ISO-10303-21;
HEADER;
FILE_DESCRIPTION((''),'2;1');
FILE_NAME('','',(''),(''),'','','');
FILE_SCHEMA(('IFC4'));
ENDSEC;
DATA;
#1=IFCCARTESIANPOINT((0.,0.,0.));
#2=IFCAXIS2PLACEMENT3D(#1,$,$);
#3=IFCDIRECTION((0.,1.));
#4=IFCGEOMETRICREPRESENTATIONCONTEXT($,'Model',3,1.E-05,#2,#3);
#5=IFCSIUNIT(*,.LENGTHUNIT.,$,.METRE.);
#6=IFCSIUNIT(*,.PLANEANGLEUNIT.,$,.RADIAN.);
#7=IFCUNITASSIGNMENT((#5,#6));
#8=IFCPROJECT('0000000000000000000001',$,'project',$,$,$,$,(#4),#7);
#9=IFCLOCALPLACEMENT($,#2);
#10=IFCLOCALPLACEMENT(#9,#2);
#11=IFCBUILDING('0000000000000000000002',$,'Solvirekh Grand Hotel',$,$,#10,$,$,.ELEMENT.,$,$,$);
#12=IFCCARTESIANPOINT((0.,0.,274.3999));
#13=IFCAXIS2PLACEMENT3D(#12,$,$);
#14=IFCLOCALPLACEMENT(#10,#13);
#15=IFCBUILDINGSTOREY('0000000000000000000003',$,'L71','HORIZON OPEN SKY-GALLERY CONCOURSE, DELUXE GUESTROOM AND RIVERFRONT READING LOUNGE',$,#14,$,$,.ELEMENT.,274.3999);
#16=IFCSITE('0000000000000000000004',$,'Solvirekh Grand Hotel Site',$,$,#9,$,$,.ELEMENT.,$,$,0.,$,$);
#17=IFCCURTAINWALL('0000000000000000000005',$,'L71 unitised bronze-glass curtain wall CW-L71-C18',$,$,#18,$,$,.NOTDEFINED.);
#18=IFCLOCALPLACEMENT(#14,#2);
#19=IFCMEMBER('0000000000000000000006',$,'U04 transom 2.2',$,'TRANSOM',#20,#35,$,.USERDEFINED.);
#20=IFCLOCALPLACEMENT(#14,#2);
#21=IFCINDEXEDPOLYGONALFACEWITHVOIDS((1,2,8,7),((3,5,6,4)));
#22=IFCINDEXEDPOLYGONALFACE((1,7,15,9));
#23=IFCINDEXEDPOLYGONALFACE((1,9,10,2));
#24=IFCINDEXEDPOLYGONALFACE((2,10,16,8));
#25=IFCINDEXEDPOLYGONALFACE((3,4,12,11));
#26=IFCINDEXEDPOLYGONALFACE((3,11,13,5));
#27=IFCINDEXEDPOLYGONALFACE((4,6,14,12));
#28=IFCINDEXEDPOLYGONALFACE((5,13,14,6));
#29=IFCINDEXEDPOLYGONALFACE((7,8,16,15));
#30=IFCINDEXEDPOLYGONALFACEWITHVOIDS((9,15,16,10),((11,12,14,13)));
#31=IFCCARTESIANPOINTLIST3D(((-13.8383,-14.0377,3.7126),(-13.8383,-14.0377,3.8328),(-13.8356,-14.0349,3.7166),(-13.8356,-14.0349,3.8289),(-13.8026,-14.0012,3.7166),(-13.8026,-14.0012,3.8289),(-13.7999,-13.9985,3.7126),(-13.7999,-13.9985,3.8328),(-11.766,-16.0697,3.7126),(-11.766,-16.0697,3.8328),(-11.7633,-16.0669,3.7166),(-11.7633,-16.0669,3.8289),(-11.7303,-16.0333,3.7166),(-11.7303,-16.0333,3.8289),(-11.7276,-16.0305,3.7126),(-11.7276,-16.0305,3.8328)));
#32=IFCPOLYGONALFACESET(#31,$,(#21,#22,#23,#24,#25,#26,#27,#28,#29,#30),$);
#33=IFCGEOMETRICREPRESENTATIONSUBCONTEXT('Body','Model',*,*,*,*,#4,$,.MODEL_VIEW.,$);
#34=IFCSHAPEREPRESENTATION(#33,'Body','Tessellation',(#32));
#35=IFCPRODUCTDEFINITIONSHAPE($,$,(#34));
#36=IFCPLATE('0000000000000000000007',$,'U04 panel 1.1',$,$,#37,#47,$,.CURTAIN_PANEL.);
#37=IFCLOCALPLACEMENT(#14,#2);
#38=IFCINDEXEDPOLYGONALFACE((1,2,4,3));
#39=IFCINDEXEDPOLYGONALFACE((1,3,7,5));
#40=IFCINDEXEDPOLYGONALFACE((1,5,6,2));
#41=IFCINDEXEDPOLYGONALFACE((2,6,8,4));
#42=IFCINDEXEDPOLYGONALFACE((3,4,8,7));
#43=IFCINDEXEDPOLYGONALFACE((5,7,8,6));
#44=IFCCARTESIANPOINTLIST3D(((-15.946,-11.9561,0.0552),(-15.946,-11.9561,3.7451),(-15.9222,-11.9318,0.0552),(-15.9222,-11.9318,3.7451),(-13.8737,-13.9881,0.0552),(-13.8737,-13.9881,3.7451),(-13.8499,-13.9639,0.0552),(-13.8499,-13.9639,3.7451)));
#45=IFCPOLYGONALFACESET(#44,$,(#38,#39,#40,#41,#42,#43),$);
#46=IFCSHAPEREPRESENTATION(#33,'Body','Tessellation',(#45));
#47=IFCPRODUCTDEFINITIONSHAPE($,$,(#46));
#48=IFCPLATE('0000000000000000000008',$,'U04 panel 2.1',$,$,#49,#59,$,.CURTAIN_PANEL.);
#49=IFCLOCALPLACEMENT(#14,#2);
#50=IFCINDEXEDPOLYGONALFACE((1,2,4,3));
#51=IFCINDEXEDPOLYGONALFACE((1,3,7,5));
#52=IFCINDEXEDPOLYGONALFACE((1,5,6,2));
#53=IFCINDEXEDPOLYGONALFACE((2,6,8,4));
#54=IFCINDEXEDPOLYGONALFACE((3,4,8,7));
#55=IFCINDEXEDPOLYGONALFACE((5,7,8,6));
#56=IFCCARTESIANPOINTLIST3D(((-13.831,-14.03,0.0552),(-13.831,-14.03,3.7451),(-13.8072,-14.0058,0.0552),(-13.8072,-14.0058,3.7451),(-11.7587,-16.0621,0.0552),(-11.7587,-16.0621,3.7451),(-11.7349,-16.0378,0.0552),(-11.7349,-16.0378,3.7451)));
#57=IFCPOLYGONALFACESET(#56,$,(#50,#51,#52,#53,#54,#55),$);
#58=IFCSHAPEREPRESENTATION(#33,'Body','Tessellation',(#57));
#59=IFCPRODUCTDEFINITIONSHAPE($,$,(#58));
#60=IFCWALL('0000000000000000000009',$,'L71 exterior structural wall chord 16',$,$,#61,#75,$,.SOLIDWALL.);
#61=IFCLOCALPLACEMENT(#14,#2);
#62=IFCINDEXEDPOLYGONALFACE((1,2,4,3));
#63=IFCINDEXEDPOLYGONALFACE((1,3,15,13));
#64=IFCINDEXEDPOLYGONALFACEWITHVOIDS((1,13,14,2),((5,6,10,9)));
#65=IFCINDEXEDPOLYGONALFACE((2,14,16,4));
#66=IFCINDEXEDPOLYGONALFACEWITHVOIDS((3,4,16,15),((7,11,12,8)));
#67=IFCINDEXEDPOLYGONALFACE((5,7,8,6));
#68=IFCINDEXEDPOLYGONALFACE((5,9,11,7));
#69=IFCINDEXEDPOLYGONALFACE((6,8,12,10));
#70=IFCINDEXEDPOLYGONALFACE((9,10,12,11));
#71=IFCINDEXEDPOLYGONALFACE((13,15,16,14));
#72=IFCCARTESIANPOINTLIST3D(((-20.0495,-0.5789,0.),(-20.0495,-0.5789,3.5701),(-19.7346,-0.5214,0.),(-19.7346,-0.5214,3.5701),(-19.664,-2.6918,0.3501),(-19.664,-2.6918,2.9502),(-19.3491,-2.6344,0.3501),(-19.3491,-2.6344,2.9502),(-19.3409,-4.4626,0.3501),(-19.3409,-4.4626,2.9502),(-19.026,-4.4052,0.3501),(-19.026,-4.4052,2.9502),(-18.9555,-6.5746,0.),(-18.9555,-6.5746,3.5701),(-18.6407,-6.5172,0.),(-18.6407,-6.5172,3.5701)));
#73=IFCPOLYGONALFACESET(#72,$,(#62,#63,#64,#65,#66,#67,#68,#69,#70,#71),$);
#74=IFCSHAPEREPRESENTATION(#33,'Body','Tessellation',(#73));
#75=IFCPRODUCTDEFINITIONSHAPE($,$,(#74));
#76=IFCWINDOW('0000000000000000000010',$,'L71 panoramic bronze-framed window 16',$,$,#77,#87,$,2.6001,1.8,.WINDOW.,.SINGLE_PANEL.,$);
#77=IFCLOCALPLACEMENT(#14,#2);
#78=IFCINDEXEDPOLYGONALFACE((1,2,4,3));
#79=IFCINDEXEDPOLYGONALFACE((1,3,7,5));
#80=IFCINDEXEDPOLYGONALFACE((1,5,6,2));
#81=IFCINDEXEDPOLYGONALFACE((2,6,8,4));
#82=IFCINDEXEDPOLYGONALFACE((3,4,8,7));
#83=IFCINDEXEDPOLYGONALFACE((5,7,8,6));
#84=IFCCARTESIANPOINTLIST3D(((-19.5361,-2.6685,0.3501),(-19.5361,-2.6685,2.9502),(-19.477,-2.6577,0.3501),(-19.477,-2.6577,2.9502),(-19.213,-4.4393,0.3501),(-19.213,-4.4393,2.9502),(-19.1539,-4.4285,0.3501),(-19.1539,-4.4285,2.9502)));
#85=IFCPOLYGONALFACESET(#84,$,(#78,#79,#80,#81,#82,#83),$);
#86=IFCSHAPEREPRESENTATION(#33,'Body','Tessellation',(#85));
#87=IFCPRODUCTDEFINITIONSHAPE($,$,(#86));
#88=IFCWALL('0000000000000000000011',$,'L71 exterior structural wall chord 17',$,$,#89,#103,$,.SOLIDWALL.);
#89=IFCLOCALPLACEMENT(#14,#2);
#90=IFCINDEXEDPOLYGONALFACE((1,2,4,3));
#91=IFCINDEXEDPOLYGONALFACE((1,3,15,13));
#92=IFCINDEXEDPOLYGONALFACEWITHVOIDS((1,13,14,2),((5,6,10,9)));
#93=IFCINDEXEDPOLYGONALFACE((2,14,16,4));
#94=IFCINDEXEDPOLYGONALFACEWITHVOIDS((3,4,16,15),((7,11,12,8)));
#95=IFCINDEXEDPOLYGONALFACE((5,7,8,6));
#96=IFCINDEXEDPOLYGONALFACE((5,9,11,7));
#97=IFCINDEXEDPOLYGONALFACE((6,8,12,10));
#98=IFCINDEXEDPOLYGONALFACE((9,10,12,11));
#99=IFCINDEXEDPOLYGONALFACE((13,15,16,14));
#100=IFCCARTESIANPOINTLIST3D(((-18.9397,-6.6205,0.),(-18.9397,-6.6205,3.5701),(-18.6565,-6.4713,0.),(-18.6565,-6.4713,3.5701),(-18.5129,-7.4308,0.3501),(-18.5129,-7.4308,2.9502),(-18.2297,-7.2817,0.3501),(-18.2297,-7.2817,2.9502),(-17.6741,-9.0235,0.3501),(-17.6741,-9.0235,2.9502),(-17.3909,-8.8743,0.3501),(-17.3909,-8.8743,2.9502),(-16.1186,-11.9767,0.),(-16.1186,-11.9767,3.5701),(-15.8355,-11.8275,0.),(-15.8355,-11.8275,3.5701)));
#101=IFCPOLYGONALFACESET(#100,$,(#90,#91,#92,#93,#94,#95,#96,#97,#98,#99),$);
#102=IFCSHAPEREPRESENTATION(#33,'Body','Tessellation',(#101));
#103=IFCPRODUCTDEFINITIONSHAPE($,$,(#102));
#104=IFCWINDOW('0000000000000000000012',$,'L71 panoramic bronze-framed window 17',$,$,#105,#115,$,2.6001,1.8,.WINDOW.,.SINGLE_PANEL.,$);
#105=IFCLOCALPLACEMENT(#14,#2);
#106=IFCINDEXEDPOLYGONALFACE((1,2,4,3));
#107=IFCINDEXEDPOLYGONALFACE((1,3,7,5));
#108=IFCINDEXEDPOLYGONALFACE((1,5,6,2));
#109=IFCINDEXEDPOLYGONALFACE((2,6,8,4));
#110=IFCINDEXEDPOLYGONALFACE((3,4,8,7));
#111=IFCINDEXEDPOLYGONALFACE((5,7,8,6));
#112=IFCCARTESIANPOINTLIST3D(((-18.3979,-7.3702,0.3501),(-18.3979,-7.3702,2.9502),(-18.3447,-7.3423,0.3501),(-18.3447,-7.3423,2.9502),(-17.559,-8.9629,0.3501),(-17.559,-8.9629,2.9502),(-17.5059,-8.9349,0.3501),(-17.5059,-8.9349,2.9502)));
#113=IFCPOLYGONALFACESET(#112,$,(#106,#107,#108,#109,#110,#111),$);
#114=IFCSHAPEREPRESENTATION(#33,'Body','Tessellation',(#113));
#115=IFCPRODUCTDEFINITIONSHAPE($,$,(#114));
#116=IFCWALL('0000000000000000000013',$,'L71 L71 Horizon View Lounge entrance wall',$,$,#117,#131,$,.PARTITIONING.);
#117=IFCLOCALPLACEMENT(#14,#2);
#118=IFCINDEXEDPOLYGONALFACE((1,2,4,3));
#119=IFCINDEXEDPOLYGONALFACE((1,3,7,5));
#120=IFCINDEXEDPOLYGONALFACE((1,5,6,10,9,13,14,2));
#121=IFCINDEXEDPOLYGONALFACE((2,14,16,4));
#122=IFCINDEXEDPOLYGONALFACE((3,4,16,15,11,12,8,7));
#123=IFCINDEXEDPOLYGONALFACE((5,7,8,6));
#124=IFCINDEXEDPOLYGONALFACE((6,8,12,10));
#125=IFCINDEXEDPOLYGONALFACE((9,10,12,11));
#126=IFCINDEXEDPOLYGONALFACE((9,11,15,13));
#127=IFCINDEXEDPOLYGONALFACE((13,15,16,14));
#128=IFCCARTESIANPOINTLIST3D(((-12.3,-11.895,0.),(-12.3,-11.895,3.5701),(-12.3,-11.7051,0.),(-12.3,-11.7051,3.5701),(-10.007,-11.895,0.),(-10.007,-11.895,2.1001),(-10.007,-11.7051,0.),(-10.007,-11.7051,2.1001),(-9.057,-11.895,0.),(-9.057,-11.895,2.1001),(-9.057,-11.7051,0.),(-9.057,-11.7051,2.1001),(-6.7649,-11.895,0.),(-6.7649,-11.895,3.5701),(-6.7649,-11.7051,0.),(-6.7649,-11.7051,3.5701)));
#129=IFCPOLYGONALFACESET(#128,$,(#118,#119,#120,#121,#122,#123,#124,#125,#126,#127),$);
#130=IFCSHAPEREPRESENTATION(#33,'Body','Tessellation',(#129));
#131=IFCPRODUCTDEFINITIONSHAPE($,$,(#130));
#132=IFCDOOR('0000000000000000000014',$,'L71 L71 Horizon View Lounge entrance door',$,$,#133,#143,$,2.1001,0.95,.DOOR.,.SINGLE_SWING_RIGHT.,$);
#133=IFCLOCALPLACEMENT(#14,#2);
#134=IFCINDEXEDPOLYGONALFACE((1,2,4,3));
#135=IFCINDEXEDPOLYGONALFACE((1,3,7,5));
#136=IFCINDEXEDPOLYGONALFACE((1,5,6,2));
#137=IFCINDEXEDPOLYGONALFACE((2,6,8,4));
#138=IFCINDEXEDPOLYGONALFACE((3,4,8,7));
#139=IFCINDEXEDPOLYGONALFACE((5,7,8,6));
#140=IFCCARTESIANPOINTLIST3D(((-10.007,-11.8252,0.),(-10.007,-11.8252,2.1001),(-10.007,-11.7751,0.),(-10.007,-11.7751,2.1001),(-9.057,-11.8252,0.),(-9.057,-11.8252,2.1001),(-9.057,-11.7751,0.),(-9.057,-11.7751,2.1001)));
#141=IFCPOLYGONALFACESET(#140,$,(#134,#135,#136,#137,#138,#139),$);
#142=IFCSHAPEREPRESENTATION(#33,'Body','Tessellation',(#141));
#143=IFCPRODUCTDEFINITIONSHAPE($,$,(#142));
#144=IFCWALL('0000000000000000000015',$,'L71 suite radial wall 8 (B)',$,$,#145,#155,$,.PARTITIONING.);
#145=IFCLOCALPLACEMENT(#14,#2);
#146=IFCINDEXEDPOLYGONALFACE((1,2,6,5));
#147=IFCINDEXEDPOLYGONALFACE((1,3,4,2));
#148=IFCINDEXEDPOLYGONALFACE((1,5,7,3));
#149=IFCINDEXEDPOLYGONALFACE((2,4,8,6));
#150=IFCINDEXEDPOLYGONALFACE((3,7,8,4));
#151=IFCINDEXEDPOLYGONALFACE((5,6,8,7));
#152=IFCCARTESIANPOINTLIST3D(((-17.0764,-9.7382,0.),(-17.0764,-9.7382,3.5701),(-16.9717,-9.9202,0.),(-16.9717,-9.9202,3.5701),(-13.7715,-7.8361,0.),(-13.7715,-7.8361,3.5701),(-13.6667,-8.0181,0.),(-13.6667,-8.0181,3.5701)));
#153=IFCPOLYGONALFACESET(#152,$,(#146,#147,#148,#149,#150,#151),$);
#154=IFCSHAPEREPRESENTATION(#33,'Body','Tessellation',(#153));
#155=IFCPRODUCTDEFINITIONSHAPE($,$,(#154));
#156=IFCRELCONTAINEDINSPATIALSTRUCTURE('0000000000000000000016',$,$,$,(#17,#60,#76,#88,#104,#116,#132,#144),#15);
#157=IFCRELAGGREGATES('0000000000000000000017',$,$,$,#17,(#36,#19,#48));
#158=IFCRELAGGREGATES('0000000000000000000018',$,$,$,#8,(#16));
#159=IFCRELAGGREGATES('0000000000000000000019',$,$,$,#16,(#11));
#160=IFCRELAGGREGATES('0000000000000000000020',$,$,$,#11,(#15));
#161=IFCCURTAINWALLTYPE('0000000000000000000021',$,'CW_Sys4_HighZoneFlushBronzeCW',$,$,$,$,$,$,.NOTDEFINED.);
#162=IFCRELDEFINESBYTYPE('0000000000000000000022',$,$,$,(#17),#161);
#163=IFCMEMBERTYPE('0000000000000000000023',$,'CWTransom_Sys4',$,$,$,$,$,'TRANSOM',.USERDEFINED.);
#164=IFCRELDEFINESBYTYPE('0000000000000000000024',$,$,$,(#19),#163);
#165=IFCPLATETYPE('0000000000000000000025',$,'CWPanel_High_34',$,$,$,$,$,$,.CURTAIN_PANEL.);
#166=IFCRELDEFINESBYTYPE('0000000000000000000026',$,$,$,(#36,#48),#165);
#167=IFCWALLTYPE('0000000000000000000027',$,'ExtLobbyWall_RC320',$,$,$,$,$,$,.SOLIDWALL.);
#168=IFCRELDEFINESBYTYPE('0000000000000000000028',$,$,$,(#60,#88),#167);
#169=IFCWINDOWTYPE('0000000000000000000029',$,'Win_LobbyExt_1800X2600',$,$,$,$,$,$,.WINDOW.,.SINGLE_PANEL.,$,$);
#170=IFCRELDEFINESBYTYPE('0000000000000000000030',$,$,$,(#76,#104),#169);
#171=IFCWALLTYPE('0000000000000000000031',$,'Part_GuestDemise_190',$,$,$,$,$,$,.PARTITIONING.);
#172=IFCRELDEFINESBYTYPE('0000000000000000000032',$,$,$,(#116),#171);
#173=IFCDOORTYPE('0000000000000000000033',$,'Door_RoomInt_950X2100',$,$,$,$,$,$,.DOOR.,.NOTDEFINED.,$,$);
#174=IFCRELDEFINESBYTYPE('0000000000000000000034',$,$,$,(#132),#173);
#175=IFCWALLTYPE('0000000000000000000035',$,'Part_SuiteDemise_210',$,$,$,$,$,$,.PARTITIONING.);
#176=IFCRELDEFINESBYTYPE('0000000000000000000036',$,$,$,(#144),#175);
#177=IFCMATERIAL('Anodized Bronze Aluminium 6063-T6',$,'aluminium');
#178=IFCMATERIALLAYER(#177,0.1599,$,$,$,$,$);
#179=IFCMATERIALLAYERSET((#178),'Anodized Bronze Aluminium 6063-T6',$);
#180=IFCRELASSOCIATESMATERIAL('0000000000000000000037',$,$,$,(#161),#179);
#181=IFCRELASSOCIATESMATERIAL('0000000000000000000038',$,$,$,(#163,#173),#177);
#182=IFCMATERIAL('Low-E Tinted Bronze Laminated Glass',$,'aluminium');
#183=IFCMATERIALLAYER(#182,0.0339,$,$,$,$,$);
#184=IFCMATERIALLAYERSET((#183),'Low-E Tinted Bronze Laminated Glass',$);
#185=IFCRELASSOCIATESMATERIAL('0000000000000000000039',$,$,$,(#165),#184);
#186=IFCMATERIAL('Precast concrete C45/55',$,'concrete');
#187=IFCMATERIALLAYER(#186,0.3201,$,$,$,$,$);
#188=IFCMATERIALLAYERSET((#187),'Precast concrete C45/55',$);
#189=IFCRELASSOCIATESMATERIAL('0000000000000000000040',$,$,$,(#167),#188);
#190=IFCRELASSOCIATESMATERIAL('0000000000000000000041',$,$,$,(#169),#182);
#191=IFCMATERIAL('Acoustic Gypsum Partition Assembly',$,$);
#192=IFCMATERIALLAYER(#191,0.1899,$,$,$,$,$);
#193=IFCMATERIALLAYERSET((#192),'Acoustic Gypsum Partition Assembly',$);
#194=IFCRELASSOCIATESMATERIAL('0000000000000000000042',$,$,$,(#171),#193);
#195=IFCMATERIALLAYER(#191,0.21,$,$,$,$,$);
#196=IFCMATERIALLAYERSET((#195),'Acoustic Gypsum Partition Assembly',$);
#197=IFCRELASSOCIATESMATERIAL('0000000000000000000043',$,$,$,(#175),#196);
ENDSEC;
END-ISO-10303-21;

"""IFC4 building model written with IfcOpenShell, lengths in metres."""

from ifc_helpers import new_model, si_unit, direction, frame, frame_2d, origin, origin_2d, place, context, subcontext, project, spatial, rectangle, hollow_rectangle, extrude, source, transform, mapped, material, layer, layer_set, material_profile, profile_set, type_object, element, fill, aggregate, save


model = new_model("IFC4")

# Units and contexts
model_context = context("Model", 3, precision=1e-05, world=origin(), true_north=direction((0.0, 1.0)))
body_context = subcontext(model_context, "Body", "Model", "MODEL_VIEW")
ifc_project = project(units=[si_unit("LENGTHUNIT", "METRE"), si_unit("PLANEANGLEUNIT", "RADIAN")], contexts=[model_context])

# Site, building, storey
site_placement = place(None, origin())
site = spatial("IfcSite", under=ifc_project, at=site_placement, Name="Solvirekh Grand Hotel Site", CompositionType="ELEMENT", RefElevation=0.0)
building_placement = place(site_placement, origin())
building = spatial("IfcBuilding", under=site, at=building_placement, Name="Solvirekh Grand Hotel", CompositionType="ELEMENT")
storey_placement = place(building_placement, frame((0.0, 0.0, 274.3999)))
storey = spatial("IfcBuildingStorey", under=building, at=storey_placement, Name="L71", Description="HORIZON OPEN SKY-GALLERY CONCOURSE, DELUXE GUESTROOM AND RIVERFRONT READING LOUNGE", CompositionType="ELEMENT", Elevation=274.3999)

# Curtain wall, member, plates
ifc_material_1 = material(Name="Anodized Bronze Aluminium 6063-T6", Category="aluminium")
ifc_layer_1 = layer(ifc_material_1, 0.1599)
ifc_layer_set_1 = layer_set([ifc_layer_1], Name="Anodized Bronze Aluminium 6063-T6")
curtain_wall_type = type_object("IfcCurtainWallType", Name="CW_Sys4_HighZoneFlushBronzeCW", PredefinedType="NOTDEFINED", material=ifc_layer_set_1)
curtain_wall_placement = place(storey_placement, origin())
curtain_wall = element("IfcCurtainWall", 1, at=curtain_wall_placement, inside=storey, type_object=curtain_wall_type, Name="L71 unitised bronze-glass curtain wall CW-L71-C18", PredefinedType="NOTDEFINED")
ifc_material_profile_1 = material_profile(ifc_material_1, hollow_rectangle(XDim=0.0549, YDim=0.1201, WallThickness=0.0039, at=origin_2d()), Name="ALU RHS 120X55X4")
ifc_profile_set_1 = profile_set([ifc_material_profile_1], Name="Anodized Bronze Aluminium 6063-T6")
member_type_1 = type_object("IfcMemberType", Name="CWTransom_Sys4", ElementType="TRANSOM", PredefinedType="USERDEFINED", material=ifc_profile_set_1)
shared_shape_1 = source(origin(), body_context, "Body", "SweptSolid", [
    extrude(hollow_rectangle(XDim=0.0549, YDim=0.1201, WallThickness=0.0039, at=origin_2d()), origin(), (0.0, 0.0, 1.0), 2.9023),
])
member_1_placement = place(storey_placement, frame((-13.8191, -14.0181, 3.7727), z_axis=(0.714013, -0.700133, 0.0), x_axis=(0.700133, 0.714013, 0.0)))
member_1 = element("IfcMember", 2, at=member_1_placement, type_object=member_type_1, Name="U04 transom 2.2", ObjectType="TRANSOM", PredefinedType="USERDEFINED", context=body_context, shape_type="MappedRepresentation", body=[
    mapped(shared_shape_1, transform((0.0, 0.0, 0.0), x_axis=(1.0, 0.0, 0.0), y_axis=(0.0, 1.0, 0.0), z_axis=(0.0, 0.0, 1.0), scale=1.0)),
])
ifc_material_2 = material(Name="Low-E Tinted Bronze Laminated Glass", Category="aluminium")
ifc_layer_2 = layer(ifc_material_2, 0.0339)
ifc_layer_set_2 = layer_set([ifc_layer_2], Name="Low-E Tinted Bronze Laminated Glass")
plate_type = type_object("IfcPlateType", Name="CWPanel_High_34", PredefinedType="CURTAIN_PANEL", material=ifc_layer_set_2)
shared_shape_2 = source(origin(), body_context, "Body", "SweptSolid", [
    extrude(rectangle(XDim=2.9023, YDim=0.0339, at=origin_2d()), origin(), (0.0, 0.0, 1.0), 3.6899),
])
plate_1_placement = place(storey_placement, frame((-14.8979, -12.96, 0.0552), z_axis=(0.0, 0.0, 1.0), x_axis=(0.714007, -0.700138, 0.0)))
plate_1 = element("IfcPlate", 3, at=plate_1_placement, type_object=plate_type, Name="U04 panel 1.1", PredefinedType="CURTAIN_PANEL", context=body_context, shape_type="MappedRepresentation", body=[
    mapped(shared_shape_2, transform((0.0, 0.0, 0.0), x_axis=(1.0, 0.0, 0.0), y_axis=(0.0, 1.0, 0.0), z_axis=(0.0, 0.0, 1.0), scale=1.0)),
])
plate_2_placement = place(storey_placement, frame((-12.783, -15.0339, 0.0552), z_axis=(0.0, 0.0, 1.0), x_axis=(0.714007, -0.700138, 0.0)))
plate_2 = element("IfcPlate", 4, at=plate_2_placement, type_object=plate_type, Name="U04 panel 2.1", PredefinedType="CURTAIN_PANEL", context=body_context, shape_type="MappedRepresentation", body=[
    mapped(shared_shape_2, transform((0.0, 0.0, 0.0), x_axis=(1.0, 0.0, 0.0), y_axis=(0.0, 1.0, 0.0), z_axis=(0.0, 0.0, 1.0), scale=1.0)),
])
aggregate(curtain_wall, [plate_1, member_1, plate_2])

# Walls, openings, windows
ifc_material_3 = material(Name="Precast concrete C45/55", Category="concrete")
ifc_layer_3 = layer(ifc_material_3, 0.3201)
ifc_layer_set_3 = layer_set([ifc_layer_3], Name="Precast concrete C45/55")
wall_type_1 = type_object("IfcWallType", Name="ExtLobbyWall_RC320", PredefinedType="SOLIDWALL", material=ifc_layer_set_3)
wall_1_placement = place(storey_placement, frame((-18.7981, -6.5459, 0.0), z_axis=(0.0, 0.0, 1.0), x_axis=(-0.179495, 0.983759, 0.0)))
wall_1 = element("IfcWall", 5, at=wall_1_placement, inside=storey, type_object=wall_type_1, Name="L71 exterior structural wall chord 16", PredefinedType="SOLIDWALL", context=body_context, shape_type="SweptSolid", body=[
    extrude(rectangle(XDim=6.0947, YDim=0.3201, at=frame_2d((3.0474, 0.0))), origin(), (0.0, 0.0, 1.0), 3.5701),
])
opening_1_placement = place(wall_1_placement, frame((2.147, 0.0, 0.3501)))
opening_1 = element("IfcOpeningElement", 6, at=opening_1_placement, cuts=wall_1, PredefinedType="OPENING", context=body_context, shape_type="SweptSolid", body=[
    extrude(rectangle(XDim=1.8, YDim=2.6001, at=frame_2d((0.8999, 1.3))), frame((0.0, 0.1699, 0.0), z_axis=(0.0, -1.0, 0.0), x_axis=(1.0, 0.0, 0.0)), (0.0, 0.0, 1.0), 0.3401),
])
window_type = type_object("IfcWindowType", Name="Win_LobbyExt_1800X2600", PartitioningType="SINGLE_PANEL", PredefinedType="WINDOW", material=ifc_material_2)
window_1_placement = place(opening_1_placement, origin())
window_1 = element("IfcWindow", 7, at=window_1_placement, inside=storey, type_object=window_type, Name="L71 panoramic bronze-framed window 16", OverallHeight=2.6001, OverallWidth=1.8, PartitioningType="SINGLE_PANEL", PredefinedType="WINDOW", context=body_context, shape_type="SweptSolid", body=[
    extrude(rectangle(XDim=1.8, YDim=2.6001, at=frame_2d((0.8999, 1.3))), frame((0.0, 0.03, 0.0), z_axis=(0.0, -1.0, 0.0), x_axis=(1.0, 0.0, 0.0)), (0.0, 0.0, 1.0), 0.0601),
])
fill(opening_1, window_1)
wall_2_placement = place(storey_placement, frame((-15.9771, -11.9021, 0.0), z_axis=(0.0, 0.0, 1.0), x_axis=(-0.466004, 0.884783, 0.0)))
wall_2 = element("IfcWall", 8, at=wall_2_placement, inside=storey, type_object=wall_type_1, Name="L71 exterior structural wall chord 17", PredefinedType="SOLIDWALL", context=body_context, shape_type="SweptSolid", body=[
    extrude(rectangle(XDim=6.0537, YDim=0.3201, at=frame_2d((3.0269, 0.0))), origin(), (0.0, 0.0, 1.0), 3.5701),
])
opening_2_placement = place(wall_2_placement, frame((3.3379, 0.0, 0.3501)))
opening_2 = element("IfcOpeningElement", 9, at=opening_2_placement, cuts=wall_2, PredefinedType="OPENING", context=body_context, shape_type="SweptSolid", body=[
    extrude(rectangle(XDim=1.8, YDim=2.6001, at=frame_2d((0.8999, 1.3))), frame((0.0, 0.1699, 0.0), z_axis=(0.0, -1.0, 0.0), x_axis=(1.0, 0.0, 0.0)), (0.0, 0.0, 1.0), 0.3401),
])
window_2_placement = place(opening_2_placement, origin())
window_2 = element("IfcWindow", 10, at=window_2_placement, inside=storey, type_object=window_type, Name="L71 panoramic bronze-framed window 17", OverallHeight=2.6001, OverallWidth=1.8, PartitioningType="SINGLE_PANEL", PredefinedType="WINDOW", context=body_context, shape_type="SweptSolid", body=[
    extrude(rectangle(XDim=1.8, YDim=2.6001, at=frame_2d((0.8999, 1.3))), frame((0.0, 0.03, 0.0), z_axis=(0.0, -1.0, 0.0), x_axis=(1.0, 0.0, 0.0)), (0.0, 0.0, 1.0), 0.0601),
])
fill(opening_2, window_2)

# Wall, opening, door
ifc_material_4 = material(Name="Acoustic Gypsum Partition Assembly")
ifc_layer_4 = layer(ifc_material_4, 0.1899)
ifc_layer_set_4 = layer_set([ifc_layer_4], Name="Acoustic Gypsum Partition Assembly")
wall_type_2 = type_object("IfcWallType", Name="Part_GuestDemise_190", PredefinedType="PARTITIONING", material=ifc_layer_set_4)
wall_3_placement = place(storey_placement, frame((-12.3, -11.8, 0.0), z_axis=(0.0, 0.0, 1.0), x_axis=(1.0, 0.0, 0.0)))
wall_3 = element("IfcWall", 11, at=wall_3_placement, inside=storey, type_object=wall_type_2, Name="L71 L71 Horizon View Lounge entrance wall", PredefinedType="PARTITIONING", context=body_context, shape_type="SweptSolid", body=[
    extrude(rectangle(XDim=5.5352, YDim=0.1899, at=frame_2d((2.7676, 0.0))), origin(), (0.0, 0.0, 1.0), 3.5701),
])
opening_3_placement = place(wall_3_placement, frame((2.293, 0.0, 0.0)))
opening_3 = element("IfcOpeningElement", 12, at=opening_3_placement, cuts=wall_3, PredefinedType="OPENING", context=body_context, shape_type="SweptSolid", body=[
    extrude(rectangle(XDim=0.95, YDim=2.1001, at=frame_2d((0.4751, 1.05))), frame((0.0, 0.105, 0.0), z_axis=(0.0, -1.0, 0.0), x_axis=(1.0, 0.0, 0.0)), (0.0, 0.0, 1.0), 0.21),
])
door_type = type_object("IfcDoorType", Name="Door_RoomInt_950X2100", OperationType="NOTDEFINED", PredefinedType="DOOR", material=ifc_material_1)
door_placement = place(opening_3_placement, origin())
door = element("IfcDoor", 13, at=door_placement, inside=storey, type_object=door_type, Name="L71 L71 Horizon View Lounge entrance door", OperationType="SINGLE_SWING_RIGHT", OverallHeight=2.1001, OverallWidth=0.95, PredefinedType="DOOR", context=body_context, shape_type="SweptSolid", body=[
    extrude(rectangle(XDim=0.95, YDim=2.1001, at=frame_2d((0.4751, 1.05))), frame((0.0, 0.0249, 0.0), z_axis=(0.0, -1.0, 0.0), x_axis=(1.0, 0.0, 0.0)), (0.0, 0.0, 1.0), 0.05),
])
fill(opening_3, door)

# Wall
ifc_layer_5 = layer(ifc_material_4, 0.21)
ifc_layer_set_5 = layer_set([ifc_layer_5], Name="Acoustic Gypsum Partition Assembly")
wall_type_3 = type_object("IfcWallType", Name="Part_SuiteDemise_210", PredefinedType="PARTITIONING", material=ifc_layer_set_5)
wall_4_placement = place(storey_placement, frame((-13.719, -7.927, 0.0), z_axis=(0.0, 0.0, 1.0), x_axis=(-0.866706, -0.498819, 0.0)))
element("IfcWall", 14, at=wall_4_placement, inside=storey, type_object=wall_type_3, Name="L71 suite radial wall 8 (B)", PredefinedType="PARTITIONING", context=body_context, shape_type="SweptSolid", body=[
    extrude(rectangle(XDim=3.8132, YDim=0.21, at=frame_2d((1.9067, 0.0))), origin(), (0.0, 0.0, 1.0), 3.5701),
])

save(model, "model.ifc")
